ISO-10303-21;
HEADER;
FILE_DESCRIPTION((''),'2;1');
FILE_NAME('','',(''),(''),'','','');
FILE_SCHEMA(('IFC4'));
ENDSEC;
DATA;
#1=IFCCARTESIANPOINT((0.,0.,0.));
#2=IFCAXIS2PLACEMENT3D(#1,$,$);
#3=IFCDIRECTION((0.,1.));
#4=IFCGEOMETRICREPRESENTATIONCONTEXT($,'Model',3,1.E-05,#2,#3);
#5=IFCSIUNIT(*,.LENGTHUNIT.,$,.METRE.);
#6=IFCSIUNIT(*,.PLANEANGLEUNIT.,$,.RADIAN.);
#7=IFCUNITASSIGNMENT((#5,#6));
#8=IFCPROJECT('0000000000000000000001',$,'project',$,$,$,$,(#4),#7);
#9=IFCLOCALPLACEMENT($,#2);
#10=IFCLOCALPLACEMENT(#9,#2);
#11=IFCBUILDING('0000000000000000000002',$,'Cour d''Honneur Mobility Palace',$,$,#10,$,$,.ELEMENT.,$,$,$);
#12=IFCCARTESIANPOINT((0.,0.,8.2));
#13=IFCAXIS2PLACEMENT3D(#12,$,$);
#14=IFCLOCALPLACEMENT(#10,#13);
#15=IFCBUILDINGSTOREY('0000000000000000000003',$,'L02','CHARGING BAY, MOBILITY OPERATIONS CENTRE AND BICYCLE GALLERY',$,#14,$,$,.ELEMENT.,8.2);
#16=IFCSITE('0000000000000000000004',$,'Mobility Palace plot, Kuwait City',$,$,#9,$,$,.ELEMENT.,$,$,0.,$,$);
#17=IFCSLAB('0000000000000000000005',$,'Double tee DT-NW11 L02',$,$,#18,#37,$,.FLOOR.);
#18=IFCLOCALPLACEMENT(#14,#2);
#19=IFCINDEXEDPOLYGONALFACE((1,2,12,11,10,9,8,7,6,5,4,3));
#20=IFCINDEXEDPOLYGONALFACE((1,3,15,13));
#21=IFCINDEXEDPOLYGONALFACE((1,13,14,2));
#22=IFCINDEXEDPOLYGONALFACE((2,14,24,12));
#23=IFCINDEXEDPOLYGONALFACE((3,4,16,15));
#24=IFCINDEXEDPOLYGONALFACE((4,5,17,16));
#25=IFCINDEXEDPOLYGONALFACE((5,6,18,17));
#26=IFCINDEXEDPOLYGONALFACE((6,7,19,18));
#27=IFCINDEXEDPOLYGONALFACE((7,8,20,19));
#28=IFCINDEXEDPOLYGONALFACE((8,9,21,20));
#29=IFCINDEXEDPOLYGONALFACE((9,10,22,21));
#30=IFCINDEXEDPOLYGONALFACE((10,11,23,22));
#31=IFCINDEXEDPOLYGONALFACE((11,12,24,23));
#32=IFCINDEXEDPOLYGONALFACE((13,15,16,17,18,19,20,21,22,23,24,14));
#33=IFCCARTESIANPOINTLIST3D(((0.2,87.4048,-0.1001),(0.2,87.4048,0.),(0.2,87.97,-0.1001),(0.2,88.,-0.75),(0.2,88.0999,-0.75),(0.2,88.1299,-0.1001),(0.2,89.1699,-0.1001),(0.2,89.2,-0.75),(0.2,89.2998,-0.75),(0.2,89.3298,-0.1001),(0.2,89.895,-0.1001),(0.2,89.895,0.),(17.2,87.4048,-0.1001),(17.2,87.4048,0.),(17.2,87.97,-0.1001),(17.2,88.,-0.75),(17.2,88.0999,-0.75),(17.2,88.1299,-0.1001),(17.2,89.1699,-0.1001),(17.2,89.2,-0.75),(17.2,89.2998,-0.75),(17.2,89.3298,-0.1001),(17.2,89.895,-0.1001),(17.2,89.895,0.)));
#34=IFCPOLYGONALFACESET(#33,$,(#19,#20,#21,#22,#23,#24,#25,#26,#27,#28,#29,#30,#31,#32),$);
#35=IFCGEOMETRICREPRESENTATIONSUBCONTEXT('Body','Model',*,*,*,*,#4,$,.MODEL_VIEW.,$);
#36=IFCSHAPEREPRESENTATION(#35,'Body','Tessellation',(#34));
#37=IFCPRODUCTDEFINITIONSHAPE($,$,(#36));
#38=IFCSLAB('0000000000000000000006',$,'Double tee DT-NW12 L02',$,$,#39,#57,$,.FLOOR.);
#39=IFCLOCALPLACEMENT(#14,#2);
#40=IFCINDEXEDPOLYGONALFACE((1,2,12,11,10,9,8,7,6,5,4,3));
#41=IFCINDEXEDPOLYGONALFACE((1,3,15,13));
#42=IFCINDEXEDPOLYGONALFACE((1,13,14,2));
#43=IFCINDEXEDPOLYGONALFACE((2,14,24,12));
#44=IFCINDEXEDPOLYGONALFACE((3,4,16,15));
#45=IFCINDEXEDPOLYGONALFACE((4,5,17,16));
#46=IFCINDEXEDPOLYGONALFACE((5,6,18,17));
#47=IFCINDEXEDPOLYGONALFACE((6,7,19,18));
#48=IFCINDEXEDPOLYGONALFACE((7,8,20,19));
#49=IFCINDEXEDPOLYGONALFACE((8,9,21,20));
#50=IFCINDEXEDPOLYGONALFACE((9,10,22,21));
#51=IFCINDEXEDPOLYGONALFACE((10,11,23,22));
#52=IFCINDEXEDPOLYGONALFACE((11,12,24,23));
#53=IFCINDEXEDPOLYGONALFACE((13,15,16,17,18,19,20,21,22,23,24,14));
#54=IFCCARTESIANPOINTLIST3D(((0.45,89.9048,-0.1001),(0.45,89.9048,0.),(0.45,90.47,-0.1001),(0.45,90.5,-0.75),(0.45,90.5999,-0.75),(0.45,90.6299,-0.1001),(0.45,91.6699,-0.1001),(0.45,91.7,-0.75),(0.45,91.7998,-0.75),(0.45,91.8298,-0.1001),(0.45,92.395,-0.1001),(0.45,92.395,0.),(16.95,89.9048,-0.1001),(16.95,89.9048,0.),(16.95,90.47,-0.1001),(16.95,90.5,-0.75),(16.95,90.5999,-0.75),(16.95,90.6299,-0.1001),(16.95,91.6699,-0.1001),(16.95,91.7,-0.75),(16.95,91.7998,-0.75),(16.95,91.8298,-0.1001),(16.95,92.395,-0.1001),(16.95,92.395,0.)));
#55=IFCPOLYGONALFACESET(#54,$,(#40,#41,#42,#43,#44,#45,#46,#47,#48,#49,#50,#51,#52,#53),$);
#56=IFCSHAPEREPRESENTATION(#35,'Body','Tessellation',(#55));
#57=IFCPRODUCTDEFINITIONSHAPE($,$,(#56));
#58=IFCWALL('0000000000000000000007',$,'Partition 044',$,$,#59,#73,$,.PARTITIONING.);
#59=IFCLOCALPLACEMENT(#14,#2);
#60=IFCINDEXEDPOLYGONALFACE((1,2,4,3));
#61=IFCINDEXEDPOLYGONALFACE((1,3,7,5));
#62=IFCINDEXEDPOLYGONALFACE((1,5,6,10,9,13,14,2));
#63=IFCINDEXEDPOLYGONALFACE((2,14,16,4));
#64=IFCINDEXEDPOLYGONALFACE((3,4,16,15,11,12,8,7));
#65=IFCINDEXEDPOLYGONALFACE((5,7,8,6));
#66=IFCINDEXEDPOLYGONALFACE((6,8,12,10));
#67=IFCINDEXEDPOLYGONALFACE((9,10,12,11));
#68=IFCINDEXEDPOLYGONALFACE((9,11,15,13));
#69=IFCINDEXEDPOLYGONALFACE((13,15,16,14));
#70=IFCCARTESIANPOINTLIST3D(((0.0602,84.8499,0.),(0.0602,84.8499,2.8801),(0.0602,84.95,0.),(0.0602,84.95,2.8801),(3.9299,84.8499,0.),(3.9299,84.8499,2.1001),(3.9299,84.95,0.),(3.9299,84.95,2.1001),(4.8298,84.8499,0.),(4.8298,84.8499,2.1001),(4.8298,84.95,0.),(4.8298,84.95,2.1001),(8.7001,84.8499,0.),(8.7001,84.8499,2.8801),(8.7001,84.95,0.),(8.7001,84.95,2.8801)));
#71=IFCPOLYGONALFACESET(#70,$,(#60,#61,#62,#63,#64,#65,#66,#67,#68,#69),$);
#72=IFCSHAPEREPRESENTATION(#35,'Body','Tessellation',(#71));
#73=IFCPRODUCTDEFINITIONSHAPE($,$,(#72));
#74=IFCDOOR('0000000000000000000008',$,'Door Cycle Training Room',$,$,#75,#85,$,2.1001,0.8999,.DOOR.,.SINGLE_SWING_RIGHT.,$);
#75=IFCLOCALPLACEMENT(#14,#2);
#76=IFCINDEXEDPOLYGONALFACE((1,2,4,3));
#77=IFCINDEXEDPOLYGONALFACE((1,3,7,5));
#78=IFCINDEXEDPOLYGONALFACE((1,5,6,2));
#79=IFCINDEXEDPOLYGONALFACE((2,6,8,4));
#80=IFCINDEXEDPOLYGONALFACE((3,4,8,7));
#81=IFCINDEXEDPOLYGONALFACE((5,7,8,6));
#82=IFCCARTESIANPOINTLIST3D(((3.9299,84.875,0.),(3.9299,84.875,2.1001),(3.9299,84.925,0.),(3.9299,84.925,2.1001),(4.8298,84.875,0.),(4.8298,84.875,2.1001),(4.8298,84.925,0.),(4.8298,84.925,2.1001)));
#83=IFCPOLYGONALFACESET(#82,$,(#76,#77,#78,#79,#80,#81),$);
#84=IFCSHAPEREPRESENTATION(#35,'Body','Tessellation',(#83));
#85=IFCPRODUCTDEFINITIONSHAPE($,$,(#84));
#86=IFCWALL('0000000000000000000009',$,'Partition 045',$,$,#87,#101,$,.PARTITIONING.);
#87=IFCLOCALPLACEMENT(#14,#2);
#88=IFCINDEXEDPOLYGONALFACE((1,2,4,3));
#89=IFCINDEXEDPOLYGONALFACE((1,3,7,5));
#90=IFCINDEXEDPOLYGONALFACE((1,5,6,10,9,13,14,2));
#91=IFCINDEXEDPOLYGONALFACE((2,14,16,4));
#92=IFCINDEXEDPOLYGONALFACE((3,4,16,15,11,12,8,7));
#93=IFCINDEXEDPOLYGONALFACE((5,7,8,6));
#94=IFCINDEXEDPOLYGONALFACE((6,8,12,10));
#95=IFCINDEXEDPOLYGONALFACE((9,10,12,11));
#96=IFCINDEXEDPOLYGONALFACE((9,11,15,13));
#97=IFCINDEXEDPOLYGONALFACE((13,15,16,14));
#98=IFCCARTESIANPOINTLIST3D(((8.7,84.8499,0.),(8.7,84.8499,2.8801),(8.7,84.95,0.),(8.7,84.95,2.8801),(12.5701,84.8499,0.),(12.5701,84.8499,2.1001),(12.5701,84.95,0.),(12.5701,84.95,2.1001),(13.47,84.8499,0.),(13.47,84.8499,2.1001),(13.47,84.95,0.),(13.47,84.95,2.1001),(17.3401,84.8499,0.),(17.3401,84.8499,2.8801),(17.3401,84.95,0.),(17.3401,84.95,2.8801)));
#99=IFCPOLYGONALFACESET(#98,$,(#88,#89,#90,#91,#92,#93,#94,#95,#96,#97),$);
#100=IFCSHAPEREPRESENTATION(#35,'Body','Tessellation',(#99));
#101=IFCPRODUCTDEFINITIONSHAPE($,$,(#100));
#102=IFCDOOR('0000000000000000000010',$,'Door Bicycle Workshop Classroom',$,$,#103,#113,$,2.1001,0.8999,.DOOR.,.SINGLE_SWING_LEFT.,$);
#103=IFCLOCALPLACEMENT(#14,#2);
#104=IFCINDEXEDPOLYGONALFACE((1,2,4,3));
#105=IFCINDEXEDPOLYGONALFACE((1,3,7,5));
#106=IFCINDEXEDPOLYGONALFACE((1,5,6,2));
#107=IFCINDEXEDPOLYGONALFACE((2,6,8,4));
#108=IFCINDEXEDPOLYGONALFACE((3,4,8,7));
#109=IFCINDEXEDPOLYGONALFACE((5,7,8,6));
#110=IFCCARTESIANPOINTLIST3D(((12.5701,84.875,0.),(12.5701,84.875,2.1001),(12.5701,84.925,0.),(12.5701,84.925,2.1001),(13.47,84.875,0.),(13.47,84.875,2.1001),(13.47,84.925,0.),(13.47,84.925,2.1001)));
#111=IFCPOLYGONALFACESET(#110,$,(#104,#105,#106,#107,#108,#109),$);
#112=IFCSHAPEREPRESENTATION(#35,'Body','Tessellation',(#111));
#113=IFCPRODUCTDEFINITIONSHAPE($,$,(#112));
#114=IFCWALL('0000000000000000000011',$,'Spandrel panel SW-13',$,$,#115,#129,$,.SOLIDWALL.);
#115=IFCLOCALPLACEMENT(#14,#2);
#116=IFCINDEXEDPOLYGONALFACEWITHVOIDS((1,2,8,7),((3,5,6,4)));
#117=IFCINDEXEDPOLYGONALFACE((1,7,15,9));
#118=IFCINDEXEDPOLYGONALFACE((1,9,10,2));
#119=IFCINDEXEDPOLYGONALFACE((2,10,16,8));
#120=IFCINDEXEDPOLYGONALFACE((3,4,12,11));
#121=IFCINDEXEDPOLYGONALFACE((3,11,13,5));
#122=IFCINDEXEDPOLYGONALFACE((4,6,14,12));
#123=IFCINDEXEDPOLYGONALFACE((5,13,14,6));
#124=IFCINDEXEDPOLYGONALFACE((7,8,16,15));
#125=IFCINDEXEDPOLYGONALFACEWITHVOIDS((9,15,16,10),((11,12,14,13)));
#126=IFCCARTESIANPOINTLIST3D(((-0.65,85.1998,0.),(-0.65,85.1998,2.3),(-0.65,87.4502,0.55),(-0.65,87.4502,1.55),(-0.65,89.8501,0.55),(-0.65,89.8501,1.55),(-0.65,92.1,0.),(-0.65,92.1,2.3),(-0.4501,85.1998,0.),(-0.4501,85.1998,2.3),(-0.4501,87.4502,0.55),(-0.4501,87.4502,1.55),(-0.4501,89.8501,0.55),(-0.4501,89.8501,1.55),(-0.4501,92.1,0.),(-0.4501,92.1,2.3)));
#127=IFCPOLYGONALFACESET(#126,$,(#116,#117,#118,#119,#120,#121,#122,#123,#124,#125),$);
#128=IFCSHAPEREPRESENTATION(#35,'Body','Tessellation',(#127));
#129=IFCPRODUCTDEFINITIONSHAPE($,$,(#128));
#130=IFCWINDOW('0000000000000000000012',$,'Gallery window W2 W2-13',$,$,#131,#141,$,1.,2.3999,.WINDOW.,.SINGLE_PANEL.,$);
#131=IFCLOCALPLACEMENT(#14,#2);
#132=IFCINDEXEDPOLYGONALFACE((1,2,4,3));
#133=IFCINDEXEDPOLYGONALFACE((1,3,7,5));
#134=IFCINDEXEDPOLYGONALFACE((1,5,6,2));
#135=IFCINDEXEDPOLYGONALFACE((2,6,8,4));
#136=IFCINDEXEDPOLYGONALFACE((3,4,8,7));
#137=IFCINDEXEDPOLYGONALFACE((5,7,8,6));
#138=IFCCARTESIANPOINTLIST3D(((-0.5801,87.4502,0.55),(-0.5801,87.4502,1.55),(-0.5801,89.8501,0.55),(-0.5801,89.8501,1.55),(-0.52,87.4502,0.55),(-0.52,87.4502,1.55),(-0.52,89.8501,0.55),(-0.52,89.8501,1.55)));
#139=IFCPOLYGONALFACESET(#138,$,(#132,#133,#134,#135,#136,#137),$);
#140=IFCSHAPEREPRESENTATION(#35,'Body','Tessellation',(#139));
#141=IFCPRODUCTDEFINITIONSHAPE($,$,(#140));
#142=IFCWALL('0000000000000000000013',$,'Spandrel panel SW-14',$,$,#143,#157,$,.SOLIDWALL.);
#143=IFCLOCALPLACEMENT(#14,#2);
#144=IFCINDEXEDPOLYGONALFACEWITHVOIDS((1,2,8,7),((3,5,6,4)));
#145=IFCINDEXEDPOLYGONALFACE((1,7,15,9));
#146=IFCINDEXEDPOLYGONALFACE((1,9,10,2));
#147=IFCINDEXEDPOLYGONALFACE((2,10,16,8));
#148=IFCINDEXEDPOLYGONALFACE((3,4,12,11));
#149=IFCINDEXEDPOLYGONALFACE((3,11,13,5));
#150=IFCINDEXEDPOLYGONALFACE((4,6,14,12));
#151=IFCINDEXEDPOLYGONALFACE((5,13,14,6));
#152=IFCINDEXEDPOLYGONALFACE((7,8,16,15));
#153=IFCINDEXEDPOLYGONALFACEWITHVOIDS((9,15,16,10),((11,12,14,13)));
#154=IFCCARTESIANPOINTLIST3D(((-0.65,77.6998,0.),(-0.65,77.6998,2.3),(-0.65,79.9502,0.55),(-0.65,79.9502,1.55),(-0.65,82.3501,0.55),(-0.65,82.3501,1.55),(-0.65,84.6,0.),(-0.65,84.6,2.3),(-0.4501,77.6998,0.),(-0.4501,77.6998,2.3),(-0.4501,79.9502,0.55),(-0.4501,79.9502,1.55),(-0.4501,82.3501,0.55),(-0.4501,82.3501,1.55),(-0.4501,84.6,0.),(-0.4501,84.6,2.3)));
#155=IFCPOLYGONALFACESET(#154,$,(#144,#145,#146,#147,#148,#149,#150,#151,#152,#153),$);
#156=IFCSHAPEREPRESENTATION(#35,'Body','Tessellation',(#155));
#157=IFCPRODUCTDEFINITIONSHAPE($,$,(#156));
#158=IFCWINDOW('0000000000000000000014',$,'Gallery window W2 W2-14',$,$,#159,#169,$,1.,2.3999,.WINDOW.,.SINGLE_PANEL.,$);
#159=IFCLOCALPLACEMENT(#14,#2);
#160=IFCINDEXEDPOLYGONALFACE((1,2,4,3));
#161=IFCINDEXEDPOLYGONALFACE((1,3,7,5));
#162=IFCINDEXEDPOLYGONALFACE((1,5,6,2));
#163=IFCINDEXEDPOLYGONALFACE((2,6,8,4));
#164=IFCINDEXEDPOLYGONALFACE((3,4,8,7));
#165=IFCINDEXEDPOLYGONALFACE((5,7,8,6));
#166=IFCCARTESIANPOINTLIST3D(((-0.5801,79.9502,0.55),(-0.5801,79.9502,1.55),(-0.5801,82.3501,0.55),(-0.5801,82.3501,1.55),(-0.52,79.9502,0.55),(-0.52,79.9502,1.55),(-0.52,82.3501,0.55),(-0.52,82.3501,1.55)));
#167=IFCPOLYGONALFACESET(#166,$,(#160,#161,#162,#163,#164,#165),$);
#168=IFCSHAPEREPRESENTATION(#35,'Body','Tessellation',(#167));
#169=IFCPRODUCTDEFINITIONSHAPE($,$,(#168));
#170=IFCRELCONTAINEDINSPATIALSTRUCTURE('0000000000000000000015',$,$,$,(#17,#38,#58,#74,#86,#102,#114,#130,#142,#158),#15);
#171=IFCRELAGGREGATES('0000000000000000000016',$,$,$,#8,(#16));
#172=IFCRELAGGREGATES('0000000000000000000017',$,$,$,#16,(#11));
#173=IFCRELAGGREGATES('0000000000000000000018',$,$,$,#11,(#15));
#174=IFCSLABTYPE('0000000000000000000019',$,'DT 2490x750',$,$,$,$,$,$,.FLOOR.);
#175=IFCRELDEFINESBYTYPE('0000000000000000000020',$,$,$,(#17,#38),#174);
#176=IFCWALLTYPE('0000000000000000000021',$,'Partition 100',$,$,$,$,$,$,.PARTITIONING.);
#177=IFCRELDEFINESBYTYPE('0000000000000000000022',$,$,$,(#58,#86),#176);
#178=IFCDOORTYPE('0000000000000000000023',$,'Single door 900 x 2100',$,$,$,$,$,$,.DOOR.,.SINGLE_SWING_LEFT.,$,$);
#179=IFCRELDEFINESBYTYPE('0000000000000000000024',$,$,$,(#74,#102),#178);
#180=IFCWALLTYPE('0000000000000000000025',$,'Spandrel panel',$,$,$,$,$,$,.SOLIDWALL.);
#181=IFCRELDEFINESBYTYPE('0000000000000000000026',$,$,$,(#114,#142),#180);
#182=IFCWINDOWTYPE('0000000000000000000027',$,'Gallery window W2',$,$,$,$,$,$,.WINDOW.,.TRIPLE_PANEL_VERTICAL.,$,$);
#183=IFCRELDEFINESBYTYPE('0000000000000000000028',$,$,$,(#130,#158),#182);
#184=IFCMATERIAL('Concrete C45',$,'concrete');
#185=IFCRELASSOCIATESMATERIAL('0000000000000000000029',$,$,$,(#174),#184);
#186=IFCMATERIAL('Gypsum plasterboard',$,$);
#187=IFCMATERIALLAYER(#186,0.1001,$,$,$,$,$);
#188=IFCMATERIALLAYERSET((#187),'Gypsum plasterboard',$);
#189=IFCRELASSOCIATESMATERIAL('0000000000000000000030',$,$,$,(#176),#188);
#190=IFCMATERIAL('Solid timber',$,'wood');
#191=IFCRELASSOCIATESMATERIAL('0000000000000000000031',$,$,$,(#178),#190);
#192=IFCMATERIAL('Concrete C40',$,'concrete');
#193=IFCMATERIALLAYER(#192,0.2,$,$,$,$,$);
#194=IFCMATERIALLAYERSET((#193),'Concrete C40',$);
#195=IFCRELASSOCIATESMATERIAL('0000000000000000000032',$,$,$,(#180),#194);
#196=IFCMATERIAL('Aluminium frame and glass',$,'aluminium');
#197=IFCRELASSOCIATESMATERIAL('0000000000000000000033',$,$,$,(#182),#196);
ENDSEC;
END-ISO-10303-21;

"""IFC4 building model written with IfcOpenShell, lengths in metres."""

from ifc_helpers import new_model, si_unit, direction, frame, frame_2d, origin, place, context, subcontext, project, spatial, polyline, rectangle, outline, extrude, material, layer, layer_set, material_profile, profile_set, type_object, element, fill, save


model = new_model("IFC4")

# Units and contexts
model_context = context("Model", 3, precision=1e-05, world=origin(), true_north=direction((0.0, 1.0)))
body_context = subcontext(model_context, "Body", "Model", "MODEL_VIEW")
ifc_project = project(units=[si_unit("LENGTHUNIT", "METRE"), si_unit("PLANEANGLEUNIT", "RADIAN")], contexts=[model_context])

# Site, building, storey
site_placement = place(None, origin())
site = spatial("IfcSite", under=ifc_project, at=site_placement, Name="Mobility Palace plot, Kuwait City", CompositionType="ELEMENT", RefElevation=0.0)
building_placement = place(site_placement, origin())
building = spatial("IfcBuilding", under=site, at=building_placement, Name="Cour d'Honneur Mobility Palace", CompositionType="ELEMENT")
storey_placement = place(building_placement, frame((0.0, 0.0, 8.2)))
storey = spatial("IfcBuildingStorey", under=building, at=storey_placement, Name="L02", Description="CHARGING BAY, MOBILITY OPERATIONS CENTRE AND BICYCLE GALLERY", CompositionType="ELEMENT", Elevation=8.2)

# Slabs
ifc_material_1 = material(Name="Concrete C45", Category="concrete")
ifc_material_profile_1 = material_profile(ifc_material_1, outline(polyline([(-1.2451, 0.0), (1.2451, 0.0), (1.2451, -0.1001), (0.6799, -0.1001), (0.6499, -0.75), (0.55, -0.75), (0.52, -0.1001), (-0.52, -0.1001), (-0.55, -0.75), (-0.6499, -0.75), (-0.6799, -0.1001), (-1.2451, -0.1001), (-1.2451, 0.0)])), Name="DT 2490x750")
ifc_profile_set_1 = profile_set([ifc_material_profile_1], Name="Concrete C45")
slab_type = type_object("IfcSlabType", Name="DT 2490x750", PredefinedType="FLOOR", material=ifc_profile_set_1)
slab_1_placement = place(storey_placement, frame((0.2, 88.6499, 0.0), z_axis=(1.0, 0.0, 0.0), x_axis=(0.0, 1.0, 0.0)))
element("IfcSlab", 1, at=slab_1_placement, inside=storey, type_object=slab_type, Name="Double tee DT-NW11 L02", PredefinedType="FLOOR", context=body_context, shape_type="SweptSolid", body=[
    extrude(outline(polyline([(-1.2451, 0.0), (1.2451, 0.0), (1.2451, -0.1001), (0.6799, -0.1001), (0.6499, -0.75), (0.55, -0.75), (0.52, -0.1001), (-0.52, -0.1001), (-0.55, -0.75), (-0.6499, -0.75), (-0.6799, -0.1001), (-1.2451, -0.1001), (-1.2451, 0.0)])), origin(), (0.0, 0.0, 1.0), 17.0),
])
slab_2_placement = place(storey_placement, frame((0.45, 91.1499, 0.0), z_axis=(1.0, 0.0, 0.0), x_axis=(0.0, 1.0, 0.0)))
element("IfcSlab", 2, at=slab_2_placement, inside=storey, type_object=slab_type, Name="Double tee DT-NW12 L02", PredefinedType="FLOOR", context=body_context, shape_type="SweptSolid", body=[
    extrude(outline(polyline([(-1.2451, 0.0), (1.2451, 0.0), (1.2451, -0.1001), (0.6799, -0.1001), (0.6499, -0.75), (0.55, -0.75), (0.52, -0.1001), (-0.52, -0.1001), (-0.55, -0.75), (-0.6499, -0.75), (-0.6799, -0.1001), (-1.2451, -0.1001), (-1.2451, 0.0)])), origin(), (0.0, 0.0, 1.0), 16.5),
])

# Walls, openings, doors
ifc_material_2 = material(Name="Gypsum plasterboard")
ifc_layer_1 = layer(ifc_material_2, 0.1001)
ifc_layer_set_1 = layer_set([ifc_layer_1], Name="Gypsum plasterboard")
wall_type_1 = type_object("IfcWallType", Name="Partition 100", PredefinedType="PARTITIONING", material=ifc_layer_set_1)
wall_1_placement = place(storey_placement, frame((8.7, 84.8999, 0.0), z_axis=(0.0, 0.0, 1.0), x_axis=(-1.0, 0.0, 0.0)))
wall_1 = element("IfcWall", 3, at=wall_1_placement, inside=storey, type_object=wall_type_1, Name="Partition 044", PredefinedType="PARTITIONING", context=body_context, shape_type="SweptSolid", body=[
    extrude(rectangle(XDim=8.6399, YDim=0.1001, at=frame_2d((4.3198, 0.0))), origin(), (0.0, 0.0, 1.0), 2.8801),
])
opening_1_placement = place(wall_1_placement, frame((3.8701, 0.0, 0.0)))
opening_1 = element("IfcOpeningElement", 4, at=opening_1_placement, cuts=wall_1, PredefinedType="OPENING", context=body_context, shape_type="SweptSolid", body=[
    extrude(rectangle(XDim=0.8999, YDim=2.1001, at=frame_2d((0.45, 1.05))), frame((0.0, 0.0601, 0.0), z_axis=(0.0, -1.0, 0.0), x_axis=(1.0, 0.0, 0.0)), (0.0, 0.0, 1.0), 0.1201),
])
ifc_material_3 = material(Name="Solid timber", Category="wood")
door_type = type_object("IfcDoorType", Name="Single door 900 x 2100", OperationType="SINGLE_SWING_LEFT", PredefinedType="DOOR", material=ifc_material_3)
door_1_placement = place(opening_1_placement, origin())
door_1 = element("IfcDoor", 5, at=door_1_placement, inside=storey, type_object=door_type, Name="Door Cycle Training Room", OperationType="SINGLE_SWING_RIGHT", OverallHeight=2.1001, OverallWidth=0.8999, PredefinedType="DOOR", context=body_context, shape_type="SweptSolid", body=[
    extrude(rectangle(XDim=0.8999, YDim=2.1001, at=frame_2d((0.45, 1.05))), frame((0.0, 0.0249, 0.0), z_axis=(0.0, -1.0, 0.0), x_axis=(1.0, 0.0, 0.0)), (0.0, 0.0, 1.0), 0.05),
])
fill(opening_1, door_1)
wall_2_placement = place(storey_placement, frame((17.3401, 84.8999, 0.0), z_axis=(0.0, 0.0, 1.0), x_axis=(-1.0, 0.0, 0.0)))
wall_2 = element("IfcWall", 6, at=wall_2_placement, inside=storey, type_object=wall_type_1, Name="Partition 045", PredefinedType="PARTITIONING", context=body_context, shape_type="SweptSolid", body=[
    extrude(rectangle(XDim=8.6401, YDim=0.1001, at=frame_2d((4.3201, 0.0))), origin(), (0.0, 0.0, 1.0), 2.8801),
])
opening_2_placement = place(wall_2_placement, frame((3.8701, 0.0, 0.0)))
opening_2 = element("IfcOpeningElement", 7, at=opening_2_placement, cuts=wall_2, PredefinedType="OPENING", context=body_context, shape_type="SweptSolid", body=[
    extrude(rectangle(XDim=0.8999, YDim=2.1001, at=frame_2d((0.45, 1.05))), frame((0.0, 0.0601, 0.0), z_axis=(0.0, -1.0, 0.0), x_axis=(1.0, 0.0, 0.0)), (0.0, 0.0, 1.0), 0.1201),
])
door_2_placement = place(opening_2_placement, origin())
door_2 = element("IfcDoor", 8, at=door_2_placement, inside=storey, type_object=door_type, Name="Door Bicycle Workshop Classroom", OperationType="SINGLE_SWING_LEFT", OverallHeight=2.1001, OverallWidth=0.8999, PredefinedType="DOOR", context=body_context, shape_type="SweptSolid", body=[
    extrude(rectangle(XDim=0.8999, YDim=2.1001, at=frame_2d((0.45, 1.05))), frame((0.0, 0.0249, 0.0), z_axis=(0.0, -1.0, 0.0), x_axis=(1.0, 0.0, 0.0)), (0.0, 0.0, 1.0), 0.05),
])
fill(opening_2, door_2)

# Walls, openings, windows
ifc_material_4 = material(Name="Concrete C40", Category="concrete")
ifc_layer_2 = layer(ifc_material_4, 0.2)
ifc_layer_set_2 = layer_set([ifc_layer_2], Name="Concrete C40")
wall_type_2 = type_object("IfcWallType", Name="Spandrel panel", PredefinedType="SOLIDWALL", material=ifc_layer_set_2)
wall_3_placement = place(storey_placement, frame((-0.55, 92.1001, 0.0), z_axis=(0.0, 0.0, 1.0), x_axis=(0.0, -1.0, 0.0)))
wall_3 = element("IfcWall", 9, at=wall_3_placement, inside=storey, type_object=wall_type_2, Name="Spandrel panel SW-13", PredefinedType="SOLIDWALL", context=body_context, shape_type="SweptSolid", body=[
    extrude(rectangle(XDim=6.9001, YDim=0.2, at=frame_2d((3.4502, 0.0))), origin(), (0.0, 0.0, 1.0), 2.3),
])
opening_3_placement = place(wall_3_placement, frame((2.25, 0.0, 0.55)))
opening_3 = element("IfcOpeningElement", 10, at=opening_3_placement, cuts=wall_3, PredefinedType="OPENING", context=body_context, shape_type="SweptSolid", body=[
    extrude(rectangle(XDim=2.3999, YDim=1.0, at=frame_2d((1.2, 0.5))), frame((0.0, 0.1099, 0.0), z_axis=(0.0, -1.0, 0.0), x_axis=(1.0, 0.0, 0.0)), (0.0, 0.0, 1.0), 0.22),
])
ifc_material_5 = material(Name="Aluminium frame and glass", Category="aluminium")
window_type = type_object("IfcWindowType", Name="Gallery window W2", PartitioningType="TRIPLE_PANEL_VERTICAL", PredefinedType="WINDOW", material=ifc_material_5)
window_1_placement = place(opening_3_placement, origin())
window_1 = element("IfcWindow", 11, at=window_1_placement, inside=storey, type_object=window_type, Name="Gallery window W2 W2-13", OverallHeight=1.0, OverallWidth=2.3999, PartitioningType="SINGLE_PANEL", PredefinedType="WINDOW", context=body_context, shape_type="SweptSolid", body=[
    extrude(rectangle(XDim=2.3999, YDim=1.0, at=frame_2d((1.2, 0.5))), frame((0.0, 0.03, 0.0), z_axis=(0.0, -1.0, 0.0), x_axis=(1.0, 0.0, 0.0)), (0.0, 0.0, 1.0), 0.0601),
])
fill(opening_3, window_1)
wall_4_placement = place(storey_placement, frame((-0.55, 84.6001, 0.0), z_axis=(0.0, 0.0, 1.0), x_axis=(0.0, -1.0, 0.0)))
wall_4 = element("IfcWall", 12, at=wall_4_placement, inside=storey, type_object=wall_type_2, Name="Spandrel panel SW-14", PredefinedType="SOLIDWALL", context=body_context, shape_type="SweptSolid", body=[
    extrude(rectangle(XDim=6.9001, YDim=0.2, at=frame_2d((3.4502, 0.0))), origin(), (0.0, 0.0, 1.0), 2.3),
])
opening_4_placement = place(wall_4_placement, frame((2.25, 0.0, 0.55)))
opening_4 = element("IfcOpeningElement", 13, at=opening_4_placement, cuts=wall_4, PredefinedType="OPENING", context=body_context, shape_type="SweptSolid", body=[
    extrude(rectangle(XDim=2.3999, YDim=1.0, at=frame_2d((1.2, 0.5))), frame((0.0, 0.1099, 0.0), z_axis=(0.0, -1.0, 0.0), x_axis=(1.0, 0.0, 0.0)), (0.0, 0.0, 1.0), 0.22),
])
window_2_placement = place(opening_4_placement, origin())
window_2 = element("IfcWindow", 14, at=window_2_placement, inside=storey, type_object=window_type, Name="Gallery window W2 W2-14", OverallHeight=1.0, OverallWidth=2.3999, PartitioningType="SINGLE_PANEL", PredefinedType="WINDOW", context=body_context, shape_type="SweptSolid", body=[
    extrude(rectangle(XDim=2.3999, YDim=1.0, at=frame_2d((1.2, 0.5))), frame((0.0, 0.03, 0.0), z_axis=(0.0, -1.0, 0.0), x_axis=(1.0, 0.0, 0.0)), (0.0, 0.0, 1.0), 0.0601),
])
fill(opening_4, window_2)

save(model, "model.ifc")
